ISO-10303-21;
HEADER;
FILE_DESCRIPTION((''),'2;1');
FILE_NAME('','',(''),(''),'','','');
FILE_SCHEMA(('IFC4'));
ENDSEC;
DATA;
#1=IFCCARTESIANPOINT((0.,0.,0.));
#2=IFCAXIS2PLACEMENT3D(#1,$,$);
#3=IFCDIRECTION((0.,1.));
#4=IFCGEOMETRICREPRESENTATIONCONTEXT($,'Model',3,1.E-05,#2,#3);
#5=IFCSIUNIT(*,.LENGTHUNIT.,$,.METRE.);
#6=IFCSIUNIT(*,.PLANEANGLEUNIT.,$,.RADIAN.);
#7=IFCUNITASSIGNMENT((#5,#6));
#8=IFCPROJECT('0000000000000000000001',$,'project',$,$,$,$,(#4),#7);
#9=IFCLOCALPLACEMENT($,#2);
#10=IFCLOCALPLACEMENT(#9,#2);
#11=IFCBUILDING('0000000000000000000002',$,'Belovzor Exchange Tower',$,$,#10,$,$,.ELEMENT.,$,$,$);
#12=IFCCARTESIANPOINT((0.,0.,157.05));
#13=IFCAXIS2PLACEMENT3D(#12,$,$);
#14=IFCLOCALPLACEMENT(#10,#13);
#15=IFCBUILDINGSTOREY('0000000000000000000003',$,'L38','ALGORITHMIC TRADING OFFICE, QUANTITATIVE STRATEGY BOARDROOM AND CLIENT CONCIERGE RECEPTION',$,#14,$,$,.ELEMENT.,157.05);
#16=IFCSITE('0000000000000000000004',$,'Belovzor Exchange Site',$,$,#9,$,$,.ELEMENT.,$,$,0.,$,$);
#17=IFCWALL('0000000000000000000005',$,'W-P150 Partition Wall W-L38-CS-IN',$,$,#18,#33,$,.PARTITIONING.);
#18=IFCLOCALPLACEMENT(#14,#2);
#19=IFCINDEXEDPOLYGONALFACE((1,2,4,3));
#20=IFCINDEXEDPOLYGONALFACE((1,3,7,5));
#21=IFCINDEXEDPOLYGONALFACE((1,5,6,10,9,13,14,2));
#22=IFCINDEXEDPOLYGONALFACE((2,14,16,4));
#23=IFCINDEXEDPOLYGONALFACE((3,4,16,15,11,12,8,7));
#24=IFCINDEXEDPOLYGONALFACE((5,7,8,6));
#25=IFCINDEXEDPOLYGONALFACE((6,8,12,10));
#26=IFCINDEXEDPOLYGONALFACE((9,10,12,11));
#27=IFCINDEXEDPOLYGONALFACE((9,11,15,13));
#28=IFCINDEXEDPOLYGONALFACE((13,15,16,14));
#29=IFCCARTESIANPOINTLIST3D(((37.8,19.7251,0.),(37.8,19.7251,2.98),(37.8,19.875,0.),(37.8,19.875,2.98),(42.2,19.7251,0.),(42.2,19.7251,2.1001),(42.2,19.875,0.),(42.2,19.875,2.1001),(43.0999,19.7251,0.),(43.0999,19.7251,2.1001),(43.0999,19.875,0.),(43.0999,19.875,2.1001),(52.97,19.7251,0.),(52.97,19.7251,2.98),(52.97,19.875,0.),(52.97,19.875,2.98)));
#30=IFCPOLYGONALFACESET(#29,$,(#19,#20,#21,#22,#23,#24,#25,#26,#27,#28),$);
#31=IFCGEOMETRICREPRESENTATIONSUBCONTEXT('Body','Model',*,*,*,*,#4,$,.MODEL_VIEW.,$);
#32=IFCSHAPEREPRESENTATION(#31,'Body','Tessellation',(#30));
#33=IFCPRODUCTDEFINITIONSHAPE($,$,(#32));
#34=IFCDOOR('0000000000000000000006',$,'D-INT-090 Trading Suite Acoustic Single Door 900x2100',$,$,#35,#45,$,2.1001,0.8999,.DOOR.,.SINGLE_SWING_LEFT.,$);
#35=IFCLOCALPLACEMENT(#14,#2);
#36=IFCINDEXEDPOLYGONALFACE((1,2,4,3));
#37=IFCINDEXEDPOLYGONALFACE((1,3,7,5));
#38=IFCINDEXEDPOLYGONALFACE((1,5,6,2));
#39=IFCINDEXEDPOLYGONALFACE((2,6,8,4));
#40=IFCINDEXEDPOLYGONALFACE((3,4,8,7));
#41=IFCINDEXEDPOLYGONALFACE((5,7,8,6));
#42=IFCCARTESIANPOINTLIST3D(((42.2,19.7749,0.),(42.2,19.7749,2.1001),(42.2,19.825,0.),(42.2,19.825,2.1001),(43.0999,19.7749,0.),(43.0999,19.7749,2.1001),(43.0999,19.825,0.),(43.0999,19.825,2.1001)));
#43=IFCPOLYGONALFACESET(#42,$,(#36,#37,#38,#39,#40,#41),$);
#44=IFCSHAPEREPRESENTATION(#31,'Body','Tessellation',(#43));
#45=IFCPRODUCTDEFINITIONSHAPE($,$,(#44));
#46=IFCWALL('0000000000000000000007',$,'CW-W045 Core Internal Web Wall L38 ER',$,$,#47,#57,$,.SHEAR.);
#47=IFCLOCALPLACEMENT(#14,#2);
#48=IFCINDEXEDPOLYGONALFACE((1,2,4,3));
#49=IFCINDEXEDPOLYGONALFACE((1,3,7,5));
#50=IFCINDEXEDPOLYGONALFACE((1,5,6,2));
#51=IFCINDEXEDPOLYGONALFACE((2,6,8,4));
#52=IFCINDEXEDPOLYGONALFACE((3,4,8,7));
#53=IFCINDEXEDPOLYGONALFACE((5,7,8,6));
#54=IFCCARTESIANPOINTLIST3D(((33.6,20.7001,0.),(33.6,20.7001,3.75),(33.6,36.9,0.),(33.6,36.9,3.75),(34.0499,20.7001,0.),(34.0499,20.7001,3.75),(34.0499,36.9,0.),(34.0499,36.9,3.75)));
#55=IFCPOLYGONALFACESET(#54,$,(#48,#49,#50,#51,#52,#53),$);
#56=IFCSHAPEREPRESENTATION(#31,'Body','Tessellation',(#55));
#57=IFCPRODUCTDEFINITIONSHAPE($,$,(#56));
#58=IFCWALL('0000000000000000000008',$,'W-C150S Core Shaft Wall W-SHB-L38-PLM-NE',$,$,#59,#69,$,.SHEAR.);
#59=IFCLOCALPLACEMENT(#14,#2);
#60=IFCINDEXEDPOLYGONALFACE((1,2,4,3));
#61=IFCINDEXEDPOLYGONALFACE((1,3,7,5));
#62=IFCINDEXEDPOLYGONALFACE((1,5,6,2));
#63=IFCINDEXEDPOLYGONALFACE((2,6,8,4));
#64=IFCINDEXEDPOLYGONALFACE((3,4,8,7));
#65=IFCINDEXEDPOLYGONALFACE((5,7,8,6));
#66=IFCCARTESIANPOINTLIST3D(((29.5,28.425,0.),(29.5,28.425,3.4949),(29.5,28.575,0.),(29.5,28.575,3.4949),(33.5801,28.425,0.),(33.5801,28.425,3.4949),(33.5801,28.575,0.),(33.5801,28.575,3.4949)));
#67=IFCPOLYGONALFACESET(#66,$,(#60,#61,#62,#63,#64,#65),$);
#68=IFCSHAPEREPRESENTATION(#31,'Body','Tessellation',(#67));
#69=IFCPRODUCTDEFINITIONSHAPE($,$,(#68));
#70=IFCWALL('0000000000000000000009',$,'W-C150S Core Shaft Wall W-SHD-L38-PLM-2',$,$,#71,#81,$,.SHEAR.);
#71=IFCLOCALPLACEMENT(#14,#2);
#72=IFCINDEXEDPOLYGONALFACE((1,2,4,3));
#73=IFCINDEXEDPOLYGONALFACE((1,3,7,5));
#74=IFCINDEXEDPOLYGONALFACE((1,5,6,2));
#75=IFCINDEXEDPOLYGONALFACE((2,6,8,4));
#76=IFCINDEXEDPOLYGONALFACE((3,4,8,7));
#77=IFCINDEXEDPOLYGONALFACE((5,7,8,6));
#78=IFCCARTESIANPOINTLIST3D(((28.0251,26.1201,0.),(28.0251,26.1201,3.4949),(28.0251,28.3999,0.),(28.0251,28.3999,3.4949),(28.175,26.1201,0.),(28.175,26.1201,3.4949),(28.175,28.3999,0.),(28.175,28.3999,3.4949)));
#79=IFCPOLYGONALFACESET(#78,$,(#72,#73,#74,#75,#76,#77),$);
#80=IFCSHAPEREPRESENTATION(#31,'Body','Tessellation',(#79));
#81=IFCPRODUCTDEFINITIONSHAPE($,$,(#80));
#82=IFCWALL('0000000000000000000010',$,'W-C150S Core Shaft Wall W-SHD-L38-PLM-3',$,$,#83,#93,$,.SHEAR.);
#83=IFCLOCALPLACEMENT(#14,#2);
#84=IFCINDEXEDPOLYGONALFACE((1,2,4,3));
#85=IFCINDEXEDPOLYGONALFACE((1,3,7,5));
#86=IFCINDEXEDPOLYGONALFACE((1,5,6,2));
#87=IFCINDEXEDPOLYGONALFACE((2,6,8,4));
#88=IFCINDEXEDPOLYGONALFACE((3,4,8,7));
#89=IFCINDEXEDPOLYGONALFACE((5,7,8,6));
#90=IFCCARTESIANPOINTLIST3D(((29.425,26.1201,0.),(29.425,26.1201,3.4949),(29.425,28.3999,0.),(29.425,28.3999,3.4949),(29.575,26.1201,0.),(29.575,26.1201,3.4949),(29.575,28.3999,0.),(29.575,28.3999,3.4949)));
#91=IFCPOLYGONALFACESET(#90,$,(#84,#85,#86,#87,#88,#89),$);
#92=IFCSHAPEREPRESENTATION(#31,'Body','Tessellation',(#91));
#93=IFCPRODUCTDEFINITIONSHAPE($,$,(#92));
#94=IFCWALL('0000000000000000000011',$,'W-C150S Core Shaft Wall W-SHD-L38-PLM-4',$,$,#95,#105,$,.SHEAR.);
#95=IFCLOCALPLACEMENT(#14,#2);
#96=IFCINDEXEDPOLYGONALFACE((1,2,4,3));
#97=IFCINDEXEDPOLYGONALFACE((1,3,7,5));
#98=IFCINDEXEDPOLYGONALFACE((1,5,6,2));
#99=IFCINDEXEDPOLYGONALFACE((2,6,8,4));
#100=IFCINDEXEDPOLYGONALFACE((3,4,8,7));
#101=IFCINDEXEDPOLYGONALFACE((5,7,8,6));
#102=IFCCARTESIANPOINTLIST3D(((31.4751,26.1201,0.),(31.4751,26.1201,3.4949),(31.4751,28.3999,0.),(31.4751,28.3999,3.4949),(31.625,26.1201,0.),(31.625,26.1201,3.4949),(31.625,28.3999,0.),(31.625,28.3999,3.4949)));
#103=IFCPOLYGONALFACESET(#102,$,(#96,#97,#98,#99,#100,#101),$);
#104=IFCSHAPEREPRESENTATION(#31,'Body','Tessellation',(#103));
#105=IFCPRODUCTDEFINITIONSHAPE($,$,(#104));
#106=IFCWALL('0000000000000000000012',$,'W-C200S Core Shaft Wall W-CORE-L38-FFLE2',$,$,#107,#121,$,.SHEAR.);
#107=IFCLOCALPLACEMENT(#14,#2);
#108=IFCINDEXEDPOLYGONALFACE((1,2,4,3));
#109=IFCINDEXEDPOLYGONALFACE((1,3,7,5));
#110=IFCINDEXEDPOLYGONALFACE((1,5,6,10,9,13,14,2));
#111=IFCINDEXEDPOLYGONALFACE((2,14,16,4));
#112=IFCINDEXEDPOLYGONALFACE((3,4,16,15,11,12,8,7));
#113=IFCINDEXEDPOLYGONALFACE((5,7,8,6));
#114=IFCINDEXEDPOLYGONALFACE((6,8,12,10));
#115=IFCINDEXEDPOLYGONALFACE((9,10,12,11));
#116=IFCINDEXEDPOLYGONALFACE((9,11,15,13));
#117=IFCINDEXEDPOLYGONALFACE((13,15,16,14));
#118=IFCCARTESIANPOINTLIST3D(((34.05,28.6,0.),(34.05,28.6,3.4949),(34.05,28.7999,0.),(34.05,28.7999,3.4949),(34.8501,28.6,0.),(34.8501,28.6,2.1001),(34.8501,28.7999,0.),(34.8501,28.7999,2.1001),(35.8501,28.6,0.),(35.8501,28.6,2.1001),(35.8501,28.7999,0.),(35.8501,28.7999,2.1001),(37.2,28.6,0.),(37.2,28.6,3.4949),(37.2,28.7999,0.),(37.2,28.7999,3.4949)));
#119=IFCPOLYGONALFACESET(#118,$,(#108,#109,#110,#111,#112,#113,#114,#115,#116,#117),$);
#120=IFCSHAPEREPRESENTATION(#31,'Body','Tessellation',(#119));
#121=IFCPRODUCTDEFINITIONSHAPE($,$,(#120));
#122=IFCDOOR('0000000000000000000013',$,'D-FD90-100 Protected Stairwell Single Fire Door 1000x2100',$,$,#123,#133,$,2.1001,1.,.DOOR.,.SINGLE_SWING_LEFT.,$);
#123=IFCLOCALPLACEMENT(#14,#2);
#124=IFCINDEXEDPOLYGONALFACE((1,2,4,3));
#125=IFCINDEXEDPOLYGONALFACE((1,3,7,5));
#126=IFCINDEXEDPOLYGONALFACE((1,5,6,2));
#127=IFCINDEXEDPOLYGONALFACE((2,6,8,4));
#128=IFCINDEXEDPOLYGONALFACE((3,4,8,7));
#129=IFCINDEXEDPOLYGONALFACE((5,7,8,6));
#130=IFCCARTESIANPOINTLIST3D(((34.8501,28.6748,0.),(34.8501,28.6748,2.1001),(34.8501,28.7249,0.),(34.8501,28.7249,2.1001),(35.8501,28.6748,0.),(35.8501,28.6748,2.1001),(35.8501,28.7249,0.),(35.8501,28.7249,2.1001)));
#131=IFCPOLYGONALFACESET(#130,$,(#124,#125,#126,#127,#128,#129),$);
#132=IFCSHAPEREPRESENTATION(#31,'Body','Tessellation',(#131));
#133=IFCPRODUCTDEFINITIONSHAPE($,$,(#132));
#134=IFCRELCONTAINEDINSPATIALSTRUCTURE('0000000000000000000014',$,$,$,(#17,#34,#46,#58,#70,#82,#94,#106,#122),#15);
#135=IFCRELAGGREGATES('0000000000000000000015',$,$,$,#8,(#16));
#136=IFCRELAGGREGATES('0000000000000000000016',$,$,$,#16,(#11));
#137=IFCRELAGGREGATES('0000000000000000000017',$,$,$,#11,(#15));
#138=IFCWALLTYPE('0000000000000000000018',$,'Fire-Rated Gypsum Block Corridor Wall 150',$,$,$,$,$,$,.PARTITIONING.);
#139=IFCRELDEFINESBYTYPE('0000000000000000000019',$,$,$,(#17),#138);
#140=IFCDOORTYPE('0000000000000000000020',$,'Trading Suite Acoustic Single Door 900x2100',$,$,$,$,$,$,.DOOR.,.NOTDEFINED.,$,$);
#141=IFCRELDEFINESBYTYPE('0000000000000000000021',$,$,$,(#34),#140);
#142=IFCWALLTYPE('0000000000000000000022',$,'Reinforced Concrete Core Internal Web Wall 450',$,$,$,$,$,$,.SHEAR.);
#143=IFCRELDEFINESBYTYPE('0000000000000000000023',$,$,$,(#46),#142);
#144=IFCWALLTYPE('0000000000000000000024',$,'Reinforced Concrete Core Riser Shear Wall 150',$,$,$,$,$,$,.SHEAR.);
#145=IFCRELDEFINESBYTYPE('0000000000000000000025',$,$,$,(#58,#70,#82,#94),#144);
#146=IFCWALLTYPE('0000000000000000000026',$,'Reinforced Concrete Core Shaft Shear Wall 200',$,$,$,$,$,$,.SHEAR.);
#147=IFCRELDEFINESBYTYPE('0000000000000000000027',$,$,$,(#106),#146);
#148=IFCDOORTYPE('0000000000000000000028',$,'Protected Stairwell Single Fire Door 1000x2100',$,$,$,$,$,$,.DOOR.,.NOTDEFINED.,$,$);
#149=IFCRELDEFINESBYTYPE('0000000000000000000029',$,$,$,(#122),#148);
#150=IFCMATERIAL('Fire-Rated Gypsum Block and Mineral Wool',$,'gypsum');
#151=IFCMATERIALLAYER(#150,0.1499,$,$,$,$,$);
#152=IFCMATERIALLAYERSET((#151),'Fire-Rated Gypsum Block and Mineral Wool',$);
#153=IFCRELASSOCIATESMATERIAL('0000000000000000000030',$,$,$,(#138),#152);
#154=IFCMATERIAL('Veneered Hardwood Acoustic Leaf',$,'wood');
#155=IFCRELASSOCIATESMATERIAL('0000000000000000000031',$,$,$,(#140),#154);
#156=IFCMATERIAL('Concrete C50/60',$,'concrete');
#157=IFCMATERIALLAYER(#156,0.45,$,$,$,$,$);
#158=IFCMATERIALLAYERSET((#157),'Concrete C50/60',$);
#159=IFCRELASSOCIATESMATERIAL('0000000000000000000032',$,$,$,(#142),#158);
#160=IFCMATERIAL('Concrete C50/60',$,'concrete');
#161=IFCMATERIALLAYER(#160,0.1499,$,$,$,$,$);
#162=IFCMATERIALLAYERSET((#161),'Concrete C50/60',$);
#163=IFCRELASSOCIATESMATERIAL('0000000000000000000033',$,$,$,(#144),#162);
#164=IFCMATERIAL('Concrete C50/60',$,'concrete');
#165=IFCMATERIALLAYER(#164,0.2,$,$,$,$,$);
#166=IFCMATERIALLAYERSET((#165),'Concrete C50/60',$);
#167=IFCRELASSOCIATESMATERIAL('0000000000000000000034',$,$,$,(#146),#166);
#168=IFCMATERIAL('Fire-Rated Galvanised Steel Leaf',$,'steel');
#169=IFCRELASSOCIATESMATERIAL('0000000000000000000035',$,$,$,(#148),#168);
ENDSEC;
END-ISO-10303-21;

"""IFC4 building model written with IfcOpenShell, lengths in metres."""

from ifc_helpers import new_model, si_unit, direction, frame, frame_2d, origin, place, context, subcontext, project, spatial, rectangle, extrude, material, layer, layer_set, type_object, element, fill, save


model = new_model("IFC4")

# Units and contexts
model_context = context("Model", 3, precision=1e-05, world=origin(), true_north=direction((0.0, 1.0)))
body_context = subcontext(model_context, "Body", "Model", "MODEL_VIEW")
ifc_project = project(units=[si_unit("LENGTHUNIT", "METRE"), si_unit("PLANEANGLEUNIT", "RADIAN")], contexts=[model_context])

# Site, building, storey
site_placement = place(None, origin())
site = spatial("IfcSite", under=ifc_project, at=site_placement, Name="Belovzor Exchange Site", CompositionType="ELEMENT", RefElevation=0.0)
building_placement = place(site_placement, origin())
building = spatial("IfcBuilding", under=site, at=building_placement, Name="Belovzor Exchange Tower", CompositionType="ELEMENT")
storey_placement = place(building_placement, frame((0.0, 0.0, 157.05)))
storey = spatial("IfcBuildingStorey", under=building, at=storey_placement, Name="L38", Description="ALGORITHMIC TRADING OFFICE, QUANTITATIVE STRATEGY BOARDROOM AND CLIENT CONCIERGE RECEPTION", CompositionType="ELEMENT", Elevation=157.05)

# Shared definitions
ifc_material_1 = material(Name="Fire-Rated Gypsum Block and Mineral Wool", Category="gypsum")
ifc_layer_1 = layer(ifc_material_1, 0.1499)
ifc_layer_set_1 = layer_set([ifc_layer_1], Name="Fire-Rated Gypsum Block and Mineral Wool")
wall_type_1 = type_object("IfcWallType", Name="Fire-Rated Gypsum Block Corridor Wall 150", PredefinedType="PARTITIONING", material=ifc_layer_set_1)

# Wall, opening, door
wall_1_placement = place(storey_placement, frame((37.8, 19.8, 0.0), z_axis=(0.0, 0.0, 1.0), x_axis=(1.0, 0.0, 0.0)))
wall_1 = element("IfcWall", 1, at=wall_1_placement, inside=storey, type_object=wall_type_1, Name="W-P150 Partition Wall W-L38-CS-IN", PredefinedType="PARTITIONING", context=body_context, shape_type="SweptSolid", body=[
    extrude(rectangle(XDim=15.1699, YDim=0.1499, at=frame_2d((7.585, 0.0))), origin(), (0.0, 0.0, 1.0), 2.98),
])
opening_1_placement = place(wall_1_placement, frame((4.3999, 0.0, 0.0)))
opening_1 = element("IfcOpeningElement", 2, at=opening_1_placement, cuts=wall_1, PredefinedType="OPENING", context=body_context, shape_type="SweptSolid", body=[
    extrude(rectangle(XDim=0.8999, YDim=2.1001, at=frame_2d((0.45, 1.05))), frame((0.0, 0.085, 0.0), z_axis=(0.0, -1.0, 0.0), x_axis=(1.0, 0.0, 0.0)), (0.0, 0.0, 1.0), 0.1699),
])
ifc_material_2 = material(Name="Veneered Hardwood Acoustic Leaf", Category="wood")
door_type_1 = type_object("IfcDoorType", Name="Trading Suite Acoustic Single Door 900x2100", OperationType="NOTDEFINED", PredefinedType="DOOR", material=ifc_material_2)
door_1_placement = place(opening_1_placement, origin())
door_1 = element("IfcDoor", 3, at=door_1_placement, inside=storey, type_object=door_type_1, Name="D-INT-090 Trading Suite Acoustic Single Door 900x2100", OperationType="SINGLE_SWING_LEFT", OverallHeight=2.1001, OverallWidth=0.8999, PredefinedType="DOOR", context=body_context, shape_type="SweptSolid", body=[
    extrude(rectangle(XDim=0.8999, YDim=2.1001, at=frame_2d((0.45, 1.05))), frame((0.0, 0.0249, 0.0), z_axis=(0.0, -1.0, 0.0), x_axis=(1.0, 0.0, 0.0)), (0.0, 0.0, 1.0), 0.05),
])
fill(opening_1, door_1)

# Walls
ifc_material_3 = material(Name="Concrete C50/60", Category="concrete")
ifc_layer_2 = layer(ifc_material_3, 0.45)
ifc_layer_set_2 = layer_set([ifc_layer_2], Name="Concrete C50/60")
wall_type_2 = type_object("IfcWallType", Name="Reinforced Concrete Core Internal Web Wall 450", PredefinedType="SHEAR", material=ifc_layer_set_2)
wall_2_placement = place(storey_placement, frame((33.825, 20.7, 0.0), z_axis=(0.0, 0.0, 1.0), x_axis=(0.0, 1.0, 0.0)))
element("IfcWall", 4, at=wall_2_placement, inside=storey, type_object=wall_type_2, Name="CW-W045 Core Internal Web Wall L38 ER", PredefinedType="SHEAR", context=body_context, shape_type="SweptSolid", body=[
    extrude(rectangle(XDim=16.2, YDim=0.45, at=frame_2d((8.1001, 0.0))), origin(), (0.0, 0.0, 1.0), 3.75),
])
ifc_material_4 = material(Name="Concrete C50/60", Category="concrete")
ifc_layer_3 = layer(ifc_material_4, 0.1499)
ifc_layer_set_3 = layer_set([ifc_layer_3], Name="Concrete C50/60")
wall_type_3 = type_object("IfcWallType", Name="Reinforced Concrete Core Riser Shear Wall 150", PredefinedType="SHEAR", material=ifc_layer_set_3)
wall_3_placement = place(storey_placement, frame((29.5, 28.5, 0.0), z_axis=(0.0, 0.0, 1.0), x_axis=(1.0, 0.0, 0.0)))
element("IfcWall", 5, at=wall_3_placement, inside=storey, type_object=wall_type_3, Name="W-C150S Core Shaft Wall W-SHB-L38-PLM-NE", PredefinedType="SHEAR", context=body_context, shape_type="SweptSolid", body=[
    extrude(rectangle(XDim=4.0801, YDim=0.1499, at=frame_2d((2.04, 0.0))), origin(), (0.0, 0.0, 1.0), 3.4949),
])
for number, where, z_axis, x_axis, name in (
    (6, (28.1001, 26.1201, 0.0), (0.0, 0.0, 1.0), (0.0, 1.0, 0.0), "W-C150S Core Shaft Wall W-SHD-L38-PLM-2"),
    (7, (29.5, 26.1201, 0.0), (0.0, 0.0, 1.0), (0.0, 1.0, 0.0), "W-C150S Core Shaft Wall W-SHD-L38-PLM-3"),
    (8, (31.55, 26.1201, 0.0), (0.0, 0.0, 1.0), (0.0, 1.0, 0.0), "W-C150S Core Shaft Wall W-SHD-L38-PLM-4"),
):
    element("IfcWall", number, at=place(storey_placement, frame(where, z_axis=z_axis, x_axis=x_axis)), inside=storey, type_object=wall_type_3, Name=name, PredefinedType="SHEAR", context=body_context, shape_type="SweptSolid", body=[
        extrude(rectangle(XDim=2.2798, YDim=0.1499, at=frame_2d((1.1399, 0.0))), origin(), (0.0, 0.0, 1.0), 3.4949),
    ])

# Wall, opening, door
ifc_material_5 = material(Name="Concrete C50/60", Category="concrete")
ifc_layer_4 = layer(ifc_material_5, 0.2)
ifc_layer_set_4 = layer_set([ifc_layer_4], Name="Concrete C50/60")
wall_type_4 = type_object("IfcWallType", Name="Reinforced Concrete Core Shaft Shear Wall 200", PredefinedType="SHEAR", material=ifc_layer_set_4)
wall_4_placement = place(storey_placement, frame((34.05, 28.7, 0.0), z_axis=(0.0, 0.0, 1.0), x_axis=(1.0, 0.0, 0.0)))
wall_4 = element("IfcWall", 9, at=wall_4_placement, inside=storey, type_object=wall_type_4, Name="W-C200S Core Shaft Wall W-CORE-L38-FFLE2", PredefinedType="SHEAR", context=body_context, shape_type="SweptSolid", body=[
    extrude(rectangle(XDim=3.1499, YDim=0.2, at=frame_2d((1.575, 0.0))), origin(), (0.0, 0.0, 1.0), 3.4949),
])
opening_2_placement = place(wall_4_placement, frame((0.8, 0.0, 0.0)))
opening_2 = element("IfcOpeningElement", 10, at=opening_2_placement, cuts=wall_4, PredefinedType="OPENING", context=body_context, shape_type="SweptSolid", body=[
    extrude(rectangle(XDim=1.0, YDim=2.1001, at=frame_2d((0.5, 1.05))), frame((0.0, 0.1099, 0.0), z_axis=(0.0, -1.0, 0.0), x_axis=(1.0, 0.0, 0.0)), (0.0, 0.0, 1.0), 0.22),
])
ifc_material_6 = material(Name="Fire-Rated Galvanised Steel Leaf", Category="steel")
door_type_2 = type_object("IfcDoorType", Name="Protected Stairwell Single Fire Door 1000x2100", OperationType="NOTDEFINED", PredefinedType="DOOR", material=ifc_material_6)
door_2_placement = place(opening_2_placement, origin())
door_2 = element("IfcDoor", 11, at=door_2_placement, inside=storey, type_object=door_type_2, Name="D-FD90-100 Protected Stairwell Single Fire Door 1000x2100", OperationType="SINGLE_SWING_LEFT", OverallHeight=2.1001, OverallWidth=1.0, PredefinedType="DOOR", context=body_context, shape_type="SweptSolid", body=[
    extrude(rectangle(XDim=1.0, YDim=2.1001, at=frame_2d((0.5, 1.05))), frame((0.0, 0.0249, 0.0), z_axis=(0.0, -1.0, 0.0), x_axis=(1.0, 0.0, 0.0)), (0.0, 0.0, 1.0), 0.05),
])
fill(opening_2, door_2)

save(model, "model.ifc")
